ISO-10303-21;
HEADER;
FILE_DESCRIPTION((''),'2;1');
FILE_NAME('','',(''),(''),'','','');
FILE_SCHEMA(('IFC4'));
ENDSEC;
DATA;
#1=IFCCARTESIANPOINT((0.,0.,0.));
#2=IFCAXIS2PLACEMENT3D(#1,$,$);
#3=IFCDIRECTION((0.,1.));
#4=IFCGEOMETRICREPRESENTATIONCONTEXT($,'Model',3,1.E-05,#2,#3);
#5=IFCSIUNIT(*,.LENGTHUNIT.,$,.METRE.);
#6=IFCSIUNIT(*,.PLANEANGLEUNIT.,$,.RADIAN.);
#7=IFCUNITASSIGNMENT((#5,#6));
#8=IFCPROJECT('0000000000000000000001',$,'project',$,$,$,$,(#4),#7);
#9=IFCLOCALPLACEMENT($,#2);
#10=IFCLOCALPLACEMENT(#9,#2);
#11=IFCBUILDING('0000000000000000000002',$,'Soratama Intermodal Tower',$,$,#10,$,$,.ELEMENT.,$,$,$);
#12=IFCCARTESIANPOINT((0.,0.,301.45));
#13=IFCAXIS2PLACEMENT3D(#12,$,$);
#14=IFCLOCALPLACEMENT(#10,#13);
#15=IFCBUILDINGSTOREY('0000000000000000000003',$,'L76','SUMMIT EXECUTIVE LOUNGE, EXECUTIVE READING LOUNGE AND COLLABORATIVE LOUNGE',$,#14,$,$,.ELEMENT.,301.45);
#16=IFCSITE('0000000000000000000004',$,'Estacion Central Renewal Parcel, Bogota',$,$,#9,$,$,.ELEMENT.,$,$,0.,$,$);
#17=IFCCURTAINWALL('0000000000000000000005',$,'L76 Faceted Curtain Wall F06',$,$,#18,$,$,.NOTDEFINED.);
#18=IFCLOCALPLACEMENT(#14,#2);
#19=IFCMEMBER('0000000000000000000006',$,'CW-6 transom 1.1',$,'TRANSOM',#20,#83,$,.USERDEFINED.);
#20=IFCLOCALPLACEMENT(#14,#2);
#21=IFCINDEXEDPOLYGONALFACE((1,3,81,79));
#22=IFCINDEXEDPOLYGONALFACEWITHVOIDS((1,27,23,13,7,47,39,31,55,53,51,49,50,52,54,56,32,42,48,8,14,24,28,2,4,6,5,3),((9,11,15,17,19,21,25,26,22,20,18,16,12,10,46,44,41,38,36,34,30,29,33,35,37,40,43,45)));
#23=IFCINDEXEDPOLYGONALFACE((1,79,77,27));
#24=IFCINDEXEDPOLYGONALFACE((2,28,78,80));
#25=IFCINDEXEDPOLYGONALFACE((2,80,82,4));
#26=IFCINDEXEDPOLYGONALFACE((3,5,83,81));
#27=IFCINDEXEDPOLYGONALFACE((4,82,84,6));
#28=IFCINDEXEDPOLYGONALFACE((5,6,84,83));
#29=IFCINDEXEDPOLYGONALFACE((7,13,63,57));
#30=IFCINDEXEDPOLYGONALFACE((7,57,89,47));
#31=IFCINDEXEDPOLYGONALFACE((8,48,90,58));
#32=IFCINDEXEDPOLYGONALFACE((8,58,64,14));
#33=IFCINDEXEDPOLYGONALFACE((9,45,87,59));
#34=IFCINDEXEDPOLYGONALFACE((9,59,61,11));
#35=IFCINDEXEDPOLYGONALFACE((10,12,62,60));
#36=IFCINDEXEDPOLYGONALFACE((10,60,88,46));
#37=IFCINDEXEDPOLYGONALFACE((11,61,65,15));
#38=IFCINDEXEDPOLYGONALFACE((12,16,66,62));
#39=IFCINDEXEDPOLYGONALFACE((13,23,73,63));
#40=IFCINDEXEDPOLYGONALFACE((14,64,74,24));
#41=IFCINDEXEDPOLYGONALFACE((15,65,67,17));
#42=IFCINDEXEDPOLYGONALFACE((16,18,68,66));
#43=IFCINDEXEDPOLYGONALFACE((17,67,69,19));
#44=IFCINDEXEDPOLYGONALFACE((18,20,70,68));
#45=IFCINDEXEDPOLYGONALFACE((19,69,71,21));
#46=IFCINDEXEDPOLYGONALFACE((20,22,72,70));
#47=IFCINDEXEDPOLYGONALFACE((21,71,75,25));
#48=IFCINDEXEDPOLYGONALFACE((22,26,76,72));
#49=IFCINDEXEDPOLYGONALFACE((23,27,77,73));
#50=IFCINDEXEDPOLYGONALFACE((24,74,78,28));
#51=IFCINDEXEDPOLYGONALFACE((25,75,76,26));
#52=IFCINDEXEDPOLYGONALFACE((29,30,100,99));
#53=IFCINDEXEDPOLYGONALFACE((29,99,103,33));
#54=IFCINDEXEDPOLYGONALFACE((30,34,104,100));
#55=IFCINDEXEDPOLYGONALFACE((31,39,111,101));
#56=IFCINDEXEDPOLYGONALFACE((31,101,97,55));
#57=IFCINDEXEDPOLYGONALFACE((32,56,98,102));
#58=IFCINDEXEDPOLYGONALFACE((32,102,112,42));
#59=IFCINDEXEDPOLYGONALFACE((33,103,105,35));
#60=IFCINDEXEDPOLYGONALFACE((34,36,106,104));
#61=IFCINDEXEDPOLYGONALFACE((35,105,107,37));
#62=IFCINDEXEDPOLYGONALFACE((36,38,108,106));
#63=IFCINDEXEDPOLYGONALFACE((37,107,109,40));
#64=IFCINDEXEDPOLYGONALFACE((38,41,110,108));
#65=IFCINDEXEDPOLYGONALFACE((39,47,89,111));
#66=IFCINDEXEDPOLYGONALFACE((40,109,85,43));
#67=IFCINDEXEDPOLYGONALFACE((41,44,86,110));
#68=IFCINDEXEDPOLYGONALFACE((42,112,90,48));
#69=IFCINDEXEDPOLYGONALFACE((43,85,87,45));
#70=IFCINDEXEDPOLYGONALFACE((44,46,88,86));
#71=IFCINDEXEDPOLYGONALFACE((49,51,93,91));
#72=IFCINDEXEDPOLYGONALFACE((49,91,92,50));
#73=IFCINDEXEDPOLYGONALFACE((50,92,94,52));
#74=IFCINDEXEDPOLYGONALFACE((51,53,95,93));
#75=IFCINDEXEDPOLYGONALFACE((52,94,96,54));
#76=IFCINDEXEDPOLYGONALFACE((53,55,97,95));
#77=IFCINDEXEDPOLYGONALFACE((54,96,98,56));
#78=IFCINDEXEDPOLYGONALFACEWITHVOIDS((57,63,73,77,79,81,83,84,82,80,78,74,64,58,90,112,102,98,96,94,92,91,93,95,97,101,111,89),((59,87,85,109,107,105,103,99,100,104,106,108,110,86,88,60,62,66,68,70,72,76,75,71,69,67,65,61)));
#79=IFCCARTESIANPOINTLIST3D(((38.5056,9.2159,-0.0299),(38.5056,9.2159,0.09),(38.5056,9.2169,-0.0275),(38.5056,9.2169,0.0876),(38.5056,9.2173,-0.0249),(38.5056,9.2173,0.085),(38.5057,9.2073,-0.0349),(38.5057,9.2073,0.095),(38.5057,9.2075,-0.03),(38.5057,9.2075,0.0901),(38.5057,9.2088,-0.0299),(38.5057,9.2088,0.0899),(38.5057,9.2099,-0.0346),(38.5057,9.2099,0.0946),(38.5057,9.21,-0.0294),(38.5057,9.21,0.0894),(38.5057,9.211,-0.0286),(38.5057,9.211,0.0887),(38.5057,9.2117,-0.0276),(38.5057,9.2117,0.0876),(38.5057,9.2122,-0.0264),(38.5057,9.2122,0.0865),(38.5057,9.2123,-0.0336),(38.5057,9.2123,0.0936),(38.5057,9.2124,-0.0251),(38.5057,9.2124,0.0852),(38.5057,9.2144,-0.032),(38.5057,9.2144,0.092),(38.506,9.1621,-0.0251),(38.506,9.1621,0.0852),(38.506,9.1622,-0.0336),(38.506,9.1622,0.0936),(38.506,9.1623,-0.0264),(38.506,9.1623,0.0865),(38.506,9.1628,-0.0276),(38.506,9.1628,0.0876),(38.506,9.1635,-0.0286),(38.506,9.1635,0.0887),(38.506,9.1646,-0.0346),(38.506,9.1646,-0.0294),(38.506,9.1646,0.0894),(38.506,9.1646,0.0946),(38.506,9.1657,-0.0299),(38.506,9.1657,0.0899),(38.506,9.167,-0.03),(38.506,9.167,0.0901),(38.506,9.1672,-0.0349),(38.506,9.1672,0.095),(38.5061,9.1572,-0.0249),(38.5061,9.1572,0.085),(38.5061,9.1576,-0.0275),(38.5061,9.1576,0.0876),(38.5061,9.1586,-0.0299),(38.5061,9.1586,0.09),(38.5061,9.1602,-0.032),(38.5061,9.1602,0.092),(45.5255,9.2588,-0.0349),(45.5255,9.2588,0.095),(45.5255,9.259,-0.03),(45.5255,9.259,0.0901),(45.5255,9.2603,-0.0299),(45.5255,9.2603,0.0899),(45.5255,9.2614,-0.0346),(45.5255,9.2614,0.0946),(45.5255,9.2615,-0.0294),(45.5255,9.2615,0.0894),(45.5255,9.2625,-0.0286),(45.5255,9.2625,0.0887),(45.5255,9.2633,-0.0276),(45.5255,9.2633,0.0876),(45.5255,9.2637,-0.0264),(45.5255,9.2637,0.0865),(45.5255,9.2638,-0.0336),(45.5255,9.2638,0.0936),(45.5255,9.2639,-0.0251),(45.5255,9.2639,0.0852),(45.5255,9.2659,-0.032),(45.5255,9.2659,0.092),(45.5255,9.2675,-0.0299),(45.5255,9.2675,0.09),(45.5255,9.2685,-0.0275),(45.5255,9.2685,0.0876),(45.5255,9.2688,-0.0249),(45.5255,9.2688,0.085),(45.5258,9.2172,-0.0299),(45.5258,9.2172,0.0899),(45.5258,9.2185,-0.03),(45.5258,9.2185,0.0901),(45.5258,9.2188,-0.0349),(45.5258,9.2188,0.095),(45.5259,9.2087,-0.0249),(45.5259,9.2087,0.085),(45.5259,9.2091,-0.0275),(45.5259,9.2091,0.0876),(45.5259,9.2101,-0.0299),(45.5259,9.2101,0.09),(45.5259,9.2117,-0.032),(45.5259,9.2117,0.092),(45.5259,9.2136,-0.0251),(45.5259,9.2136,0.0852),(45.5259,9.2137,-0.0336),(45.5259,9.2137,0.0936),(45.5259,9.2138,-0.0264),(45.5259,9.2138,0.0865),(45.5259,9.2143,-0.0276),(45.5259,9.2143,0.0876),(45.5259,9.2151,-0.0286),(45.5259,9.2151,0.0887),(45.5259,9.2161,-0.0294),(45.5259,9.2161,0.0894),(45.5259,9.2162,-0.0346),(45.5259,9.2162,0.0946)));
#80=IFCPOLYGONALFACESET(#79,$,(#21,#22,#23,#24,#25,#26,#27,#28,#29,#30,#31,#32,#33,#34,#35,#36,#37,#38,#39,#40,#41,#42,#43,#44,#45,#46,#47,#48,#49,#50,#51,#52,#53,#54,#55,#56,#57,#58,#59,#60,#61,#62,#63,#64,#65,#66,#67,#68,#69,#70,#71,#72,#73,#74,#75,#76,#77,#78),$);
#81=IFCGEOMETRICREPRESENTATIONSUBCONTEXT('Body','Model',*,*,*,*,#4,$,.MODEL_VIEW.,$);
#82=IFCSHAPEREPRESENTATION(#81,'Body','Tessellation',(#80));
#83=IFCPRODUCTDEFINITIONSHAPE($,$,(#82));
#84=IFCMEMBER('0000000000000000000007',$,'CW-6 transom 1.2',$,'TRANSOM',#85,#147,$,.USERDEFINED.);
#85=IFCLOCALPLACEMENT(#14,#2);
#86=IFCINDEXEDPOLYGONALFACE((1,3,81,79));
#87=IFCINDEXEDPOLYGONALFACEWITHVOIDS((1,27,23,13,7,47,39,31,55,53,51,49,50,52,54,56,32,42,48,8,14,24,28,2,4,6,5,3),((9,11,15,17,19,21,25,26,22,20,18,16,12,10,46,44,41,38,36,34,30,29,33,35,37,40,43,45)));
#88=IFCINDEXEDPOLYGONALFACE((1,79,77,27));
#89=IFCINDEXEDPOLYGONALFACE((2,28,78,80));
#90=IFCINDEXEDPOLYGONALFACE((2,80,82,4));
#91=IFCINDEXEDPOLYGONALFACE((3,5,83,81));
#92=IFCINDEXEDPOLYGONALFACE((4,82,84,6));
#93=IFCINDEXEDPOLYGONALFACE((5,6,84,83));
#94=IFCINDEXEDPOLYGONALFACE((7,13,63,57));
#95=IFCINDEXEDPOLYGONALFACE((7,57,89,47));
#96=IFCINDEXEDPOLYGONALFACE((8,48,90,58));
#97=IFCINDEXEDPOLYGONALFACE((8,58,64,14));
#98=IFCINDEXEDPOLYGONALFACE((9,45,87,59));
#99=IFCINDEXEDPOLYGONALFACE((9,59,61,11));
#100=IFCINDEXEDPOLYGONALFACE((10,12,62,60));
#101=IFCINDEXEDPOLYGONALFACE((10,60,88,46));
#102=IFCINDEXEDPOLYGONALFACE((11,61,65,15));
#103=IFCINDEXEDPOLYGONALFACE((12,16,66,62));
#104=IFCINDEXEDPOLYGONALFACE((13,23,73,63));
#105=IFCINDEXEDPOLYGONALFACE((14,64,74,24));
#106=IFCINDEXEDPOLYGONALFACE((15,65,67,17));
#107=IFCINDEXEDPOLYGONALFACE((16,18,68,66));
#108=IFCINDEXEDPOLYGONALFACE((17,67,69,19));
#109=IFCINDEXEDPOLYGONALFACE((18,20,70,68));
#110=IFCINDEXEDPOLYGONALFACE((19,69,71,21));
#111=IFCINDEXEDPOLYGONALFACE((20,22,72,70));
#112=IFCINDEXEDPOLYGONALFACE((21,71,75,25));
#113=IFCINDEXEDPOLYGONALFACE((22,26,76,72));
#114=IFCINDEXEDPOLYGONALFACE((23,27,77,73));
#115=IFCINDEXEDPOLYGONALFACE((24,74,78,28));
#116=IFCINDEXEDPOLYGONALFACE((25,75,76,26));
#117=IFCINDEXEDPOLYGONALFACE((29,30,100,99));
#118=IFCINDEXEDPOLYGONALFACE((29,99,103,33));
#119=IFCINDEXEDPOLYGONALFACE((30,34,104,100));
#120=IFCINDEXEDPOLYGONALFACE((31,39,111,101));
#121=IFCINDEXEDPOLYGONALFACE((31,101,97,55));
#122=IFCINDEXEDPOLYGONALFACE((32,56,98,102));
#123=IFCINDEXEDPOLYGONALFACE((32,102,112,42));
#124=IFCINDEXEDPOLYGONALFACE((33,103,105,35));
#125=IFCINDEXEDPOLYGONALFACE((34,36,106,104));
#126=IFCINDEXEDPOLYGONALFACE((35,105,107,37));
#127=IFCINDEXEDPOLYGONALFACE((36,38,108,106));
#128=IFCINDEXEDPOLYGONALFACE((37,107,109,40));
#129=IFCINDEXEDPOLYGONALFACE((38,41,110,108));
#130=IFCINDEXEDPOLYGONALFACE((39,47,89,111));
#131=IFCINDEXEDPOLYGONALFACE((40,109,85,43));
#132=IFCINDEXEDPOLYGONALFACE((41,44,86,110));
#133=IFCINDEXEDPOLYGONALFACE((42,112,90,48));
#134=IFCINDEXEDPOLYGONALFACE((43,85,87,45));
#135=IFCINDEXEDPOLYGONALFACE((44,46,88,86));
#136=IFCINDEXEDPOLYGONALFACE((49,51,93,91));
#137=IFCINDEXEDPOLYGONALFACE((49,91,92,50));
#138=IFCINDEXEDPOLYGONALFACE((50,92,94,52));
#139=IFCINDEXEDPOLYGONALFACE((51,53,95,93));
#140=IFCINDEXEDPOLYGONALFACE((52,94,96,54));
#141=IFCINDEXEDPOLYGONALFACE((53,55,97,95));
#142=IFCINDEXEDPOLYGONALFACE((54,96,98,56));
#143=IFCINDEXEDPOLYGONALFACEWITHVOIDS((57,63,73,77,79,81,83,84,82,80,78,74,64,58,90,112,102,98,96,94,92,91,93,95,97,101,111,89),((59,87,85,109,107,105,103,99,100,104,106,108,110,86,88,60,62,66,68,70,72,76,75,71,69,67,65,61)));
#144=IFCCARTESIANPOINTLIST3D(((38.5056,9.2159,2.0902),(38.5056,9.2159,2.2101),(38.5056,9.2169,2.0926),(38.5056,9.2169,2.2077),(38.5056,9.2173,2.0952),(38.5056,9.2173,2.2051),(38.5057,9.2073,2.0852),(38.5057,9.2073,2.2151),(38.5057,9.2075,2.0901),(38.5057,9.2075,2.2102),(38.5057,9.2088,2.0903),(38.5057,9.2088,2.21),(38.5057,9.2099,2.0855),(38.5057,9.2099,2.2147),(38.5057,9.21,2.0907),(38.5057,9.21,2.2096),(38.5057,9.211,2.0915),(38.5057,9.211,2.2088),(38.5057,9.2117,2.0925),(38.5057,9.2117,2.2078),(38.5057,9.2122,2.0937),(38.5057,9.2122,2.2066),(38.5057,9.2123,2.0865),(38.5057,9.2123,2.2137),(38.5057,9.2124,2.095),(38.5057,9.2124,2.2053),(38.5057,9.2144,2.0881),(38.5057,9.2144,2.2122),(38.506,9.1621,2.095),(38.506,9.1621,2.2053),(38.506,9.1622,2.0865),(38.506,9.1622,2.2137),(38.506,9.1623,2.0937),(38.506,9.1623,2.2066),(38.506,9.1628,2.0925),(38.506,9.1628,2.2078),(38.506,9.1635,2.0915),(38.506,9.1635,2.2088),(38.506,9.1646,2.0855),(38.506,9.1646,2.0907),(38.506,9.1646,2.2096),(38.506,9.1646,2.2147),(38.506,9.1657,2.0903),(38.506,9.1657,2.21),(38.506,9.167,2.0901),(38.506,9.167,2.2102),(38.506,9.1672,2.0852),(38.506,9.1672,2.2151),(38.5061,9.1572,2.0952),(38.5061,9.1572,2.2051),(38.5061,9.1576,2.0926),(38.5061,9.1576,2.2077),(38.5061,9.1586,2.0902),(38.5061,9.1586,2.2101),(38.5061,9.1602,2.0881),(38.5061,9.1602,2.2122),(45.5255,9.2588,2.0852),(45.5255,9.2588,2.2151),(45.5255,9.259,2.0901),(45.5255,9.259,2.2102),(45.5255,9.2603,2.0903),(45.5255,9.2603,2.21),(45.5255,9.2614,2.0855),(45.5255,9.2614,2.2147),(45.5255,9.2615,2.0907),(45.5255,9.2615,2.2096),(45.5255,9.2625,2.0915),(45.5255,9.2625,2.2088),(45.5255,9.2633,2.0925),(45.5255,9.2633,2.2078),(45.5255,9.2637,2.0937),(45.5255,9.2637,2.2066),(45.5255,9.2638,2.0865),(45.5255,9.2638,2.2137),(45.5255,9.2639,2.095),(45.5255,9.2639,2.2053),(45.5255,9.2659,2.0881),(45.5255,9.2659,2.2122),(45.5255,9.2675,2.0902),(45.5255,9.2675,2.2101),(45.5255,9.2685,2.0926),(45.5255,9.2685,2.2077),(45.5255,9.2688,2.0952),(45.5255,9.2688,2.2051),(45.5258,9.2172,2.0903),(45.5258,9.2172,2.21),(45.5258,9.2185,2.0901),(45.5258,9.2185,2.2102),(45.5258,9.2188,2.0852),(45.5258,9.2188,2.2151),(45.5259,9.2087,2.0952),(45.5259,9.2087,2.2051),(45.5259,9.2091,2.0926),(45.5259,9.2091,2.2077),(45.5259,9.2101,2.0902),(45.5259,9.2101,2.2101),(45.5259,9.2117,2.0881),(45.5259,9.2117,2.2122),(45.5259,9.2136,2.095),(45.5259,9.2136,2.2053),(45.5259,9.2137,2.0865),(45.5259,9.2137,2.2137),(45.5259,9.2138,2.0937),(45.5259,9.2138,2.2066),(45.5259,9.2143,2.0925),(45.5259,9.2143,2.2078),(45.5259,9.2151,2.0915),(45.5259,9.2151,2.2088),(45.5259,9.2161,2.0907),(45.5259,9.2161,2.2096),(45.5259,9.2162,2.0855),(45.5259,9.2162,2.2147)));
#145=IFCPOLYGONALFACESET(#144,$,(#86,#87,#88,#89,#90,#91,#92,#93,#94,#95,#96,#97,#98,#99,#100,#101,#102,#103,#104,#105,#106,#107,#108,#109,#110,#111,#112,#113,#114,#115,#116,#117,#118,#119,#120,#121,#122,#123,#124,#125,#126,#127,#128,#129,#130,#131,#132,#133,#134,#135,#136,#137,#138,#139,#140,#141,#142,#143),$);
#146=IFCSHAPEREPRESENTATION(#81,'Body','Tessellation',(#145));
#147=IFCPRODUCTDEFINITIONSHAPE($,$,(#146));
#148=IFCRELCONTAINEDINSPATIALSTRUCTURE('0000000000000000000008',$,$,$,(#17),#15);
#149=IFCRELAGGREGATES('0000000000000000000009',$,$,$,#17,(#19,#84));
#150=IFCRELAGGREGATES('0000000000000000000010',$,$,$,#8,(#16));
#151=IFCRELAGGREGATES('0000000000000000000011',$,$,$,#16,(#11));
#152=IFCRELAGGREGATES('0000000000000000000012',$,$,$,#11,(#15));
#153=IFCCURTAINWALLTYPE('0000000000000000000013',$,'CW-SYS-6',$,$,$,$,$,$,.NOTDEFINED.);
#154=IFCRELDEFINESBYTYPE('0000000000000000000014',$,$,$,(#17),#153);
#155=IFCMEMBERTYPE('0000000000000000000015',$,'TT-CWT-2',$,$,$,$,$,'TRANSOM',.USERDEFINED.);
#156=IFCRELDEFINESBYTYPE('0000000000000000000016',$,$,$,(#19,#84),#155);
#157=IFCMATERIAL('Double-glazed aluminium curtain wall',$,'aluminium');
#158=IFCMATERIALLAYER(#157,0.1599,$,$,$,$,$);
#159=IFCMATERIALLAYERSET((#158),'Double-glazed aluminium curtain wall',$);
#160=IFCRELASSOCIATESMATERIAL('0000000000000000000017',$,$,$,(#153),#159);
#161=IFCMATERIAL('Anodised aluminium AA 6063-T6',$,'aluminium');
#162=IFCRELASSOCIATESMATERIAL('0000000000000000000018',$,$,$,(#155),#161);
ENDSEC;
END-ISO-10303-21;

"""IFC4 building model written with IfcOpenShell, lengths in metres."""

from ifc_helpers import new_model, si_unit, direction, frame, origin, origin_2d, place, context, subcontext, project, spatial, hollow_rectangle, extrude, material, layer, layer_set, material_profile, profile_set, type_object, element, aggregate, save


model = new_model("IFC4")

# Units and contexts
model_context = context("Model", 3, precision=1e-05, world=origin(), true_north=direction((0.0, 1.0)))
body_context = subcontext(model_context, "Body", "Model", "MODEL_VIEW")
ifc_project = project(units=[si_unit("LENGTHUNIT", "METRE"), si_unit("PLANEANGLEUNIT", "RADIAN")], contexts=[model_context])

# Site, building, storey
site_placement = place(None, origin())
site = spatial("IfcSite", under=ifc_project, at=site_placement, Name="Estacion Central Renewal Parcel, Bogota", CompositionType="ELEMENT", RefElevation=0.0)
building_placement = place(site_placement, origin())
building = spatial("IfcBuilding", under=site, at=building_placement, Name="Soratama Intermodal Tower", CompositionType="ELEMENT")
storey_placement = place(building_placement, frame((0.0, 0.0, 301.45)))
storey = spatial("IfcBuildingStorey", under=building, at=storey_placement, Name="L76", Description="SUMMIT EXECUTIVE LOUNGE, EXECUTIVE READING LOUNGE AND COLLABORATIVE LOUNGE", CompositionType="ELEMENT", Elevation=301.45)

# Shared definitions
ifc_material_1 = material(Name="Double-glazed aluminium curtain wall", Category="aluminium")
ifc_layer_1 = layer(ifc_material_1, 0.1599)
ifc_layer_set_1 = layer_set([ifc_layer_1], Name="Double-glazed aluminium curtain wall")
curtain_wall_type = type_object("IfcCurtainWallType", Name="CW-SYS-6", PredefinedType="NOTDEFINED", material=ifc_layer_set_1)

# Curtain wall, members
curtain_wall_1_placement = place(storey_placement, origin())
curtain_wall_1 = element("IfcCurtainWall", 1, at=curtain_wall_1_placement, inside=storey, type_object=curtain_wall_type, Name="L76 Faceted Curtain Wall F06", PredefinedType="NOTDEFINED")
ifc_material_2 = material(Name="Anodised aluminium AA 6063-T6", Category="aluminium")
ifc_material_profile_1 = material_profile(ifc_material_2, hollow_rectangle(XDim=0.0601, YDim=0.1299, WallThickness=0.0049, InnerFilletRadius=0.0049, OuterFilletRadius=0.01, at=origin_2d()), Name="CWT130X60X5")
ifc_profile_set_1 = profile_set([ifc_material_profile_1], Name="Anodised aluminium AA 6063-T6")
member_type_1 = type_object("IfcMemberType", Name="TT-CWT-2", ElementType="TRANSOM", PredefinedType="USERDEFINED", material=ifc_profile_set_1)
member_1_placement = place(storey_placement, frame((38.5059, 9.1873, 0.03), z_axis=(0.999973, 0.007338, 0.0), x_axis=(-0.007338, 0.999973, 0.0)))
member_1 = element("IfcMember", 2, at=member_1_placement, type_object=member_type_1, Name="CW-6 transom 1.1", ObjectType="TRANSOM", PredefinedType="USERDEFINED", context=body_context, shape_type="SweptSolid", body=[
    extrude(hollow_rectangle(XDim=0.0601, YDim=0.1299, WallThickness=0.0049, InnerFilletRadius=0.0049, OuterFilletRadius=0.01, at=origin_2d()), origin(), (0.0, 0.0, 1.0), 7.02),
])
member_2_placement = place(storey_placement, frame((38.5059, 9.1873, 2.1501), z_axis=(0.999973, 0.007338, 0.0), x_axis=(-0.007338, 0.999973, 0.0)))
member_2 = element("IfcMember", 3, at=member_2_placement, type_object=member_type_1, Name="CW-6 transom 1.2", ObjectType="TRANSOM", PredefinedType="USERDEFINED", context=body_context, shape_type="SweptSolid", body=[
    extrude(hollow_rectangle(XDim=0.0601, YDim=0.1299, WallThickness=0.0049, InnerFilletRadius=0.0049, OuterFilletRadius=0.01, at=origin_2d()), origin(), (0.0, 0.0, 1.0), 7.02),
])
aggregate(curtain_wall_1, [member_1, member_2])

save(model, "model.ifc")
